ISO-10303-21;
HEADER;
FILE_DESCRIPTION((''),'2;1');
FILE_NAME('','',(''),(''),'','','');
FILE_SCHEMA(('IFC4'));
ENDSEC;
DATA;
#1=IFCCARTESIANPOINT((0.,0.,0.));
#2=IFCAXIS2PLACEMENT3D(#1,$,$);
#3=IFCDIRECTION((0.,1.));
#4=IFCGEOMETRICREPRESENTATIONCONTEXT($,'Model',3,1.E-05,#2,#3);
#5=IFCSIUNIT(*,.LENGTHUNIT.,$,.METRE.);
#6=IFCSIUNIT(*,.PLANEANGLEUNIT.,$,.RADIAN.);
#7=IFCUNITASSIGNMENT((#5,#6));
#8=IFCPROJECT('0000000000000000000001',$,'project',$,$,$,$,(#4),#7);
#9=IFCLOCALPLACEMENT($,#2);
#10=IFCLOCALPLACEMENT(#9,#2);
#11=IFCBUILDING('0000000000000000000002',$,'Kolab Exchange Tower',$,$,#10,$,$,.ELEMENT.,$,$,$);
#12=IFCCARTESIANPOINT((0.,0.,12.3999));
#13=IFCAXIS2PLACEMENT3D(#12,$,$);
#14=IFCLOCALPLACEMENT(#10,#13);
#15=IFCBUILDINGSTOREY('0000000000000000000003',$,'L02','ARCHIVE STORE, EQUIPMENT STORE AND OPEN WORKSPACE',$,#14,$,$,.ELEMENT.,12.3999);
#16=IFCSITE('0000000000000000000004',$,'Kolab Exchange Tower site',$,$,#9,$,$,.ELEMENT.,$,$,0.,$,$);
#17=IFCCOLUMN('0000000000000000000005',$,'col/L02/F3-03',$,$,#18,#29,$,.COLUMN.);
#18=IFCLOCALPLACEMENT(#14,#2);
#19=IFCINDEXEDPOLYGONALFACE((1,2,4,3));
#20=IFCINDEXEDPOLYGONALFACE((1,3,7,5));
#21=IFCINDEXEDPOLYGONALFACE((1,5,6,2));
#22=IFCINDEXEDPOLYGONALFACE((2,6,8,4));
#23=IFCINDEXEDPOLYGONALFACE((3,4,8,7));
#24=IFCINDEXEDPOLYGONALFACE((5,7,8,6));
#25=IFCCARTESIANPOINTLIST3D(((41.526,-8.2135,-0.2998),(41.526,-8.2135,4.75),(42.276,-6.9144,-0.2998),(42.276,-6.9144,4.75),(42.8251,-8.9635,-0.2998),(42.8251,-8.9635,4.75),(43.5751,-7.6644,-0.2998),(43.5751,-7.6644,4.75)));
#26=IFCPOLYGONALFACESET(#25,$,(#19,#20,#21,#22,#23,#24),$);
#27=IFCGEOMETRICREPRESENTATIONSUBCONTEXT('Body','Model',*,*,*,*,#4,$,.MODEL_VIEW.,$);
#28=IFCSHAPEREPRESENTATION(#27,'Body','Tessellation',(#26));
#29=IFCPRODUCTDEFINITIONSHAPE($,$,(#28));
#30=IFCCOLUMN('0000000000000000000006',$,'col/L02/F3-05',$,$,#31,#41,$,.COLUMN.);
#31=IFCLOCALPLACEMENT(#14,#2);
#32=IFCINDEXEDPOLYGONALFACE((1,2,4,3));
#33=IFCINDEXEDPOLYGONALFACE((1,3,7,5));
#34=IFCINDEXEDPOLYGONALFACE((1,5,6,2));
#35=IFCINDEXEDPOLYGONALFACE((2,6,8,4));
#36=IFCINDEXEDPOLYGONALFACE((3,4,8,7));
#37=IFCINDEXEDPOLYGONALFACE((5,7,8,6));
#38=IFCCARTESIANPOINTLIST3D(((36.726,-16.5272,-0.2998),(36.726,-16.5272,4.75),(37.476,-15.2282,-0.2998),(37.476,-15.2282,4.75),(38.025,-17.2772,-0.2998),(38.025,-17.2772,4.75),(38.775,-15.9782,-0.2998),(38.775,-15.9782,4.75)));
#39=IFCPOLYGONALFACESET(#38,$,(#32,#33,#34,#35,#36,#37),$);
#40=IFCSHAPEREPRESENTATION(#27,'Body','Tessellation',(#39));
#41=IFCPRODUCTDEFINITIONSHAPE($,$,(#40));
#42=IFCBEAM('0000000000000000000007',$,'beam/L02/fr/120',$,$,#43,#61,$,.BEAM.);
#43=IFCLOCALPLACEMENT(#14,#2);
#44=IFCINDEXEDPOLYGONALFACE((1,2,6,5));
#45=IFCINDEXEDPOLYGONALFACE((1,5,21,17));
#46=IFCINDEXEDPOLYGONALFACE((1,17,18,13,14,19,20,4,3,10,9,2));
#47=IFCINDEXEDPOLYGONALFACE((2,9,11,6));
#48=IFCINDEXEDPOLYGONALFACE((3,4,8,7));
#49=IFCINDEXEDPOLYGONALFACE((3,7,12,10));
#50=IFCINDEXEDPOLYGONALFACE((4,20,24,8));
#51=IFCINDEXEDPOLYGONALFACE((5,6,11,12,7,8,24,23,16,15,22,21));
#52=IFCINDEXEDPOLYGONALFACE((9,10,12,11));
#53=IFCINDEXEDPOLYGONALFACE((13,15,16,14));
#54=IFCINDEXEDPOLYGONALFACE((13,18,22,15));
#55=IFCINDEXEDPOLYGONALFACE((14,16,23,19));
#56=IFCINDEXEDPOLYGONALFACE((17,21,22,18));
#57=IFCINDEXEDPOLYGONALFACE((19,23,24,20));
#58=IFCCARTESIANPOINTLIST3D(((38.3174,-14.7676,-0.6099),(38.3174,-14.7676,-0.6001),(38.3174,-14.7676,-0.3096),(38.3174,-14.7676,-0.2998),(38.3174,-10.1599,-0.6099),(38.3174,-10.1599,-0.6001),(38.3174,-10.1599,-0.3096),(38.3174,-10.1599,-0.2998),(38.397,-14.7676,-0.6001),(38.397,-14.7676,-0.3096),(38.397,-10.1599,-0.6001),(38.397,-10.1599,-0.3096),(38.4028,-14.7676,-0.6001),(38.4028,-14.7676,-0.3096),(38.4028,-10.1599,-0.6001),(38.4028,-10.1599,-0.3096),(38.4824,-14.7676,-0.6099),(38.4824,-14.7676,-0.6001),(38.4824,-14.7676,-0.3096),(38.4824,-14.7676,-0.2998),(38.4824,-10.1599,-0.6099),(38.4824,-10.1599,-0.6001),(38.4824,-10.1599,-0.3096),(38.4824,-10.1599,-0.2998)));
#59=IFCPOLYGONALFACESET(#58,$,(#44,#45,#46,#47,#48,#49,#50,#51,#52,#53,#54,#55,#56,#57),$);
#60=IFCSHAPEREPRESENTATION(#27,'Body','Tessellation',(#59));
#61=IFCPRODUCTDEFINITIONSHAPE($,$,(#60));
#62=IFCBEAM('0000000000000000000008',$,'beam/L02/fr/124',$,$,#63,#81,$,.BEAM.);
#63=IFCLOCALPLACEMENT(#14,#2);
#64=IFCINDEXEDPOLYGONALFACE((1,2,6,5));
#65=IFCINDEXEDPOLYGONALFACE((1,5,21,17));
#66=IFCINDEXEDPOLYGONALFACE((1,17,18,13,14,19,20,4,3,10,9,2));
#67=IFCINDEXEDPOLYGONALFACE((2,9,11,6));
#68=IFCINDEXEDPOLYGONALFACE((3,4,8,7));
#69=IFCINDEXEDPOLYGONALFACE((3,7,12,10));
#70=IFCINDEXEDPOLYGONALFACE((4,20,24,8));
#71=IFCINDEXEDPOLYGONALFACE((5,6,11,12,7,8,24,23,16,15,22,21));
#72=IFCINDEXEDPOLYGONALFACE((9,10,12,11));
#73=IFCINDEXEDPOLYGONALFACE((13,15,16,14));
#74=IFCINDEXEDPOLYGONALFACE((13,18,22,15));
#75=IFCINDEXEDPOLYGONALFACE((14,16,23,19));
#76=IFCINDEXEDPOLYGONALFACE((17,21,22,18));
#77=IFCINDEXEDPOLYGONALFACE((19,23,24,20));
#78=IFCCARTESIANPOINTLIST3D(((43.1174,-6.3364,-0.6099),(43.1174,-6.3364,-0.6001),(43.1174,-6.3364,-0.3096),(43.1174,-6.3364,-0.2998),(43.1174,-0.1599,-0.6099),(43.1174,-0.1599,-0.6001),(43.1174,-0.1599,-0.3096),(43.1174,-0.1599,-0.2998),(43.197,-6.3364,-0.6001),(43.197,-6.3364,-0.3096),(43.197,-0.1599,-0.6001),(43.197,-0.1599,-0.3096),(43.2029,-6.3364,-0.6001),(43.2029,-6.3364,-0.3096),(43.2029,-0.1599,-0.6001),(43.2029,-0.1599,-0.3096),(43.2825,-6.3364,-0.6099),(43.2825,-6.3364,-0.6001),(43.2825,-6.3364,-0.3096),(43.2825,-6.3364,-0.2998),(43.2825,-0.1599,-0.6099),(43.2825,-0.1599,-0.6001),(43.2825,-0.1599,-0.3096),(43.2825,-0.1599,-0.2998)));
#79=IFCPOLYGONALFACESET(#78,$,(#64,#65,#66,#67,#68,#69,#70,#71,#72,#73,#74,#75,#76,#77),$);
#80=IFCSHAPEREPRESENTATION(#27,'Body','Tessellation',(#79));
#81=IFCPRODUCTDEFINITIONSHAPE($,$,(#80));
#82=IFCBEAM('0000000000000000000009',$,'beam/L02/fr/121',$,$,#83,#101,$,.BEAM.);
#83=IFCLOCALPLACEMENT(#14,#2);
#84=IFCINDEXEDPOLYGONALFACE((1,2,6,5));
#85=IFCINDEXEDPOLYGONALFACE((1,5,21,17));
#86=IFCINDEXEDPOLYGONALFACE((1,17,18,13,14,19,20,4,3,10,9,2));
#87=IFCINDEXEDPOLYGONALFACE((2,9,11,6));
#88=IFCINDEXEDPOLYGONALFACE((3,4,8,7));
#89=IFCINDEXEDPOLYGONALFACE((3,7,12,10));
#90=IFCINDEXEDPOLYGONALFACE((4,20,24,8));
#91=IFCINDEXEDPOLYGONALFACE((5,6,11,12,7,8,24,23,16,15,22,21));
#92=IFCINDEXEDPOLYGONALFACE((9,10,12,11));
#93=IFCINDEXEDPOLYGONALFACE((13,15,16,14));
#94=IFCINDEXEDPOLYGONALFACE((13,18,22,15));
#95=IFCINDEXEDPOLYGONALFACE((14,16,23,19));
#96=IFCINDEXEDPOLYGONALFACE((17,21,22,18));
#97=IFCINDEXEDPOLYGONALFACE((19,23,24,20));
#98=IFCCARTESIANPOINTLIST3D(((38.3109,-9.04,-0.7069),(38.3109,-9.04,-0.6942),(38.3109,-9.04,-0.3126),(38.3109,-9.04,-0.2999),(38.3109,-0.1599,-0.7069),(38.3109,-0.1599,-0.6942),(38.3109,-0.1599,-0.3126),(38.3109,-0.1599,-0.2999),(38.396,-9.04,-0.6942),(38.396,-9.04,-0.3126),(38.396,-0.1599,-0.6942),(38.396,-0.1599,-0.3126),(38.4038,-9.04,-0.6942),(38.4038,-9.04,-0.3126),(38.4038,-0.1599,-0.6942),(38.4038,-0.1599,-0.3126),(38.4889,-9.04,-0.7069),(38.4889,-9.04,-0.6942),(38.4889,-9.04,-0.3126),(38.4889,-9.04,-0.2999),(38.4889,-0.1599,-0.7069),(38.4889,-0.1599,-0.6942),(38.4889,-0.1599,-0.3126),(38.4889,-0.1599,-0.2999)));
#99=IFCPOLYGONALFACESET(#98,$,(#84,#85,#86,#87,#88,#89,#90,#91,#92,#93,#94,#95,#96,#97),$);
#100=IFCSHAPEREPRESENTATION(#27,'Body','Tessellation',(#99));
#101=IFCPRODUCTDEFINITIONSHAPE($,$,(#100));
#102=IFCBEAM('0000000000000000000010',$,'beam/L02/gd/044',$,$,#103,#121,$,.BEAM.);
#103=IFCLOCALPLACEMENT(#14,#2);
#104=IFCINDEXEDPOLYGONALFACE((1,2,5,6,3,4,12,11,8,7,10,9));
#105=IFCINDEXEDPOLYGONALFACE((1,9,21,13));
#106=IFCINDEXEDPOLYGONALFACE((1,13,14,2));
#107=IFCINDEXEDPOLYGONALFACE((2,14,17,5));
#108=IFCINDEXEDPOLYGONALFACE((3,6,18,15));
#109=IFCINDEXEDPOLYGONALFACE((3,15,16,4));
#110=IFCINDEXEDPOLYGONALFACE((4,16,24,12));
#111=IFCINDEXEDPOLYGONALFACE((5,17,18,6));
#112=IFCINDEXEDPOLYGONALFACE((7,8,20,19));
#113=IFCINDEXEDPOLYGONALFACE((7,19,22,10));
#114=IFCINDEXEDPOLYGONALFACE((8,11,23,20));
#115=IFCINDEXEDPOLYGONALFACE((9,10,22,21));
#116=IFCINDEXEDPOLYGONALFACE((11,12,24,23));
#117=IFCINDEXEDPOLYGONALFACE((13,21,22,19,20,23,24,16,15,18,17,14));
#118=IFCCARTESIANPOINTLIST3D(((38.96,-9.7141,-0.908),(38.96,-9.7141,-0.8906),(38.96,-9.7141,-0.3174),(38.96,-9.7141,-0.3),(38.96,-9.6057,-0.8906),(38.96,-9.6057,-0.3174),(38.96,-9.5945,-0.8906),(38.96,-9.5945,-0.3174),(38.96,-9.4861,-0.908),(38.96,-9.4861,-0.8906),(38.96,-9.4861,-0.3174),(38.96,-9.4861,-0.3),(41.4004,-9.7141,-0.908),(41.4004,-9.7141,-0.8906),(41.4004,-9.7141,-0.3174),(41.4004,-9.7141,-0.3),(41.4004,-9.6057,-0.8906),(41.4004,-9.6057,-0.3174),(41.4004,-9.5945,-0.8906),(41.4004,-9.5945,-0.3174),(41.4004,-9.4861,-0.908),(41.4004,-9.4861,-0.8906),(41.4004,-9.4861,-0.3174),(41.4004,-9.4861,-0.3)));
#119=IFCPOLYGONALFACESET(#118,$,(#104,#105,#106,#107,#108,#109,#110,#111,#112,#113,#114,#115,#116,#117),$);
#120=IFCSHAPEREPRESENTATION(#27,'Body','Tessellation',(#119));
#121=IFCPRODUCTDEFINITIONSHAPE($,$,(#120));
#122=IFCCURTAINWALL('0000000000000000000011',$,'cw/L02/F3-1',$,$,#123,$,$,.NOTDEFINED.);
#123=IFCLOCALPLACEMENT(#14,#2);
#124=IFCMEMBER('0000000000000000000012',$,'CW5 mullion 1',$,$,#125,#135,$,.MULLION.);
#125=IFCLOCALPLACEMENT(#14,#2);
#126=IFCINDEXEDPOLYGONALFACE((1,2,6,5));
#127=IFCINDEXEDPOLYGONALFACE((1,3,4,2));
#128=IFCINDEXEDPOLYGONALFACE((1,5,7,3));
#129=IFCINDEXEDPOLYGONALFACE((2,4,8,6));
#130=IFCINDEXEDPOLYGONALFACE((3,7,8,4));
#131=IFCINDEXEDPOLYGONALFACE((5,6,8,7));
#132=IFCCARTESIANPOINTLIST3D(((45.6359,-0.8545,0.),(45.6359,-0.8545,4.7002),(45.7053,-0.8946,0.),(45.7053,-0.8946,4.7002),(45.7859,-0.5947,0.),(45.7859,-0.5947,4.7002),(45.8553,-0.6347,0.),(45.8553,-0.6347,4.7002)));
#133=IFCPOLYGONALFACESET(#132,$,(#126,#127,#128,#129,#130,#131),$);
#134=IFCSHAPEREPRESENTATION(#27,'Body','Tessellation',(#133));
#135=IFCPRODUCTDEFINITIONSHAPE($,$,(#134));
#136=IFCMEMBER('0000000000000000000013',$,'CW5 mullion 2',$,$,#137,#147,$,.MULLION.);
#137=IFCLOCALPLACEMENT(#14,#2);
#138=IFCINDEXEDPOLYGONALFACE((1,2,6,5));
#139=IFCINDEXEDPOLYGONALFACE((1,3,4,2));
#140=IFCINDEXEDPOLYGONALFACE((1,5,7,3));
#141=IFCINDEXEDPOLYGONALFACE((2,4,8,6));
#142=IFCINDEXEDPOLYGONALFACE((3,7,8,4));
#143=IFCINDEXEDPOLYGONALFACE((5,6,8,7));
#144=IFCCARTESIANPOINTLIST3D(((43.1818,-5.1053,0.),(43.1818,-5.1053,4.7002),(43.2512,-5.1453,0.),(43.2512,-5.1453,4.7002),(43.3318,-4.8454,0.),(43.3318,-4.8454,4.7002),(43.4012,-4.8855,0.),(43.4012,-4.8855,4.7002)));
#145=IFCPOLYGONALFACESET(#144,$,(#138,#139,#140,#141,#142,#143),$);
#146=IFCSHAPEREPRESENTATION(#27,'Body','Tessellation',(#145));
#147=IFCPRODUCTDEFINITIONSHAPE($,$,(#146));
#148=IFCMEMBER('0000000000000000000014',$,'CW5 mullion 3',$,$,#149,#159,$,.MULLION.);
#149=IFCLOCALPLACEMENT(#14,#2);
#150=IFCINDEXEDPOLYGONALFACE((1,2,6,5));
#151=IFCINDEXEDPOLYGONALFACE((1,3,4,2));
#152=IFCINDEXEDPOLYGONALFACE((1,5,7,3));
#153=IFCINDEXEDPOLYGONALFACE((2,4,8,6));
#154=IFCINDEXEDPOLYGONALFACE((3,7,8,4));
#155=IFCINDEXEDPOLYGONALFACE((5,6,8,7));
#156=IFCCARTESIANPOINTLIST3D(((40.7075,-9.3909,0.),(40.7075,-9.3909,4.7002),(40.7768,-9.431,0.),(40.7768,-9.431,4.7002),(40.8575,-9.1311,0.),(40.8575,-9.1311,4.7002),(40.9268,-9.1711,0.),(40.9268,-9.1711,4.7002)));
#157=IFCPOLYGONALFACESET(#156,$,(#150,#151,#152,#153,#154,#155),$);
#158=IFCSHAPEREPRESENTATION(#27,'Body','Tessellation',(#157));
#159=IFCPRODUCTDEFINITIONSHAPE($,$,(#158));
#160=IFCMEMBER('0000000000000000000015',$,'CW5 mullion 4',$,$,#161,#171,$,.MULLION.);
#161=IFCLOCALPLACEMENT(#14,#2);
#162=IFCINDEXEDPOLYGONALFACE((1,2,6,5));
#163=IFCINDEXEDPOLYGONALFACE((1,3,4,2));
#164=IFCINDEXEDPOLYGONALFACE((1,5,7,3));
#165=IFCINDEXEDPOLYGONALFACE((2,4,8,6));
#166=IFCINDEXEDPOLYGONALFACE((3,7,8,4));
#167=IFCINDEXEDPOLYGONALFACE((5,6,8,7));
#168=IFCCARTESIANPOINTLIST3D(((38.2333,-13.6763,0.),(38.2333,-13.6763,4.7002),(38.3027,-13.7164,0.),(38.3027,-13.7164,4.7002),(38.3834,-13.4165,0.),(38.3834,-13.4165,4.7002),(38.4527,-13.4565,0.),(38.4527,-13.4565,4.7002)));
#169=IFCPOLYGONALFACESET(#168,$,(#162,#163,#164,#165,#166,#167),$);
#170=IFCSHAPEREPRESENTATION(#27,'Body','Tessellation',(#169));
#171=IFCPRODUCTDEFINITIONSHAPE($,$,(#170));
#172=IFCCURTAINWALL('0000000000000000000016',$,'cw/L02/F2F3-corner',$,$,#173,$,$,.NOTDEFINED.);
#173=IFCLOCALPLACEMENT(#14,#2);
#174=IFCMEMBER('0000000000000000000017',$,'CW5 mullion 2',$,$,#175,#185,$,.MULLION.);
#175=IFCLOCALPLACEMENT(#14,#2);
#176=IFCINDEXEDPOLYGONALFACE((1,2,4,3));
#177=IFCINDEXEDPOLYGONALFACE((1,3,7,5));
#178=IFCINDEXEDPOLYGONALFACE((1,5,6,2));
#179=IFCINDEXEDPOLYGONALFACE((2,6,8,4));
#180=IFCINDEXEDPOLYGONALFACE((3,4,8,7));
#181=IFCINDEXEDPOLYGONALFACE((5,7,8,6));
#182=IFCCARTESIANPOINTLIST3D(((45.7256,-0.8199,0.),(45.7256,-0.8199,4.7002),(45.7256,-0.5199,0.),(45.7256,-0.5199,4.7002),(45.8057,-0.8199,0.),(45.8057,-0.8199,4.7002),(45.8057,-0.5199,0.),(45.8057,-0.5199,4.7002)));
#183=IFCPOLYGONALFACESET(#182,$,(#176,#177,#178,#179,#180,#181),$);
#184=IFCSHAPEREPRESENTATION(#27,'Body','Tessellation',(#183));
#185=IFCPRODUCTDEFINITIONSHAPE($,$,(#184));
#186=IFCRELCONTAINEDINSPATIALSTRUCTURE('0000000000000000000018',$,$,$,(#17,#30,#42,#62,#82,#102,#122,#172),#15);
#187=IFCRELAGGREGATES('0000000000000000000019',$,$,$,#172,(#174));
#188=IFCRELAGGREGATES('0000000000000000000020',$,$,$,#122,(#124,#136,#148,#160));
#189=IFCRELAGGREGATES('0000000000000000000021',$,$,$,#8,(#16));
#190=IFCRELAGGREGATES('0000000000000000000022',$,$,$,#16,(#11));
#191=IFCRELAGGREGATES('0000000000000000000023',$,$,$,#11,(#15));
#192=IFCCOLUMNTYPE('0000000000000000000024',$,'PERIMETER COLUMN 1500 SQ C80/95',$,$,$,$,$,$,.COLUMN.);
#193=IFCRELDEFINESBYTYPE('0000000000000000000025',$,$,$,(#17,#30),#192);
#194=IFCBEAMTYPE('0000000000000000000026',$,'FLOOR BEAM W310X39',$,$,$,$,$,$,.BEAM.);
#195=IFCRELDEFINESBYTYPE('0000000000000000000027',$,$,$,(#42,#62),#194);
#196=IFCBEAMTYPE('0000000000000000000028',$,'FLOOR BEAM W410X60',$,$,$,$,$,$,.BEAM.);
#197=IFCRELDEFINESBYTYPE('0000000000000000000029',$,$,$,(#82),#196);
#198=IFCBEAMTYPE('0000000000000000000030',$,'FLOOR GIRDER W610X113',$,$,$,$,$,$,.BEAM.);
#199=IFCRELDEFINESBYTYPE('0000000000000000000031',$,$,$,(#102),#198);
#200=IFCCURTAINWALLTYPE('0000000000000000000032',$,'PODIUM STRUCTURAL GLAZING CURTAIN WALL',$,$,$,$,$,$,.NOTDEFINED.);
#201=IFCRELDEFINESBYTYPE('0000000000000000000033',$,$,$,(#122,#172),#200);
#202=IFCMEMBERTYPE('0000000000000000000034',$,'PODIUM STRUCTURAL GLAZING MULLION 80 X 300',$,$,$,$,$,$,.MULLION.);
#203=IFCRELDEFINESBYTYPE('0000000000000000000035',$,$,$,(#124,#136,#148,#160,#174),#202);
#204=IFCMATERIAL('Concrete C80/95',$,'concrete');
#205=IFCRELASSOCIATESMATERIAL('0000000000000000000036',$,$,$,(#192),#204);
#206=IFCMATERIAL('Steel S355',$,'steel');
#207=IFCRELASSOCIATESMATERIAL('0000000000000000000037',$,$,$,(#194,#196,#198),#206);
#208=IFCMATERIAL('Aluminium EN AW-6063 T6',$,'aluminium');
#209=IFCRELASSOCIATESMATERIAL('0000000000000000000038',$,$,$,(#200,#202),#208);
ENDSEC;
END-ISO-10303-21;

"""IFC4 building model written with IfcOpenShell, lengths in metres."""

from ifc_helpers import new_model, si_unit, direction, frame, origin, origin_2d, place, context, subcontext, project, spatial, rectangle, i_section, extrude, material, material_profile, profile_set, type_object, element, aggregate, save


model = new_model("IFC4")

# Units and contexts
model_context = context("Model", 3, precision=1e-05, world=origin(), true_north=direction((0.0, 1.0)))
body_context = subcontext(model_context, "Body", "Model", "MODEL_VIEW")
ifc_project = project(units=[si_unit("LENGTHUNIT", "METRE"), si_unit("PLANEANGLEUNIT", "RADIAN")], contexts=[model_context])

# Site, building, storey
site_placement = place(None, origin())
site = spatial("IfcSite", under=ifc_project, at=site_placement, Name="Kolab Exchange Tower site", CompositionType="ELEMENT", RefElevation=0.0)
building_placement = place(site_placement, origin())
building = spatial("IfcBuilding", under=site, at=building_placement, Name="Kolab Exchange Tower", CompositionType="ELEMENT")
storey_placement = place(building_placement, frame((0.0, 0.0, 12.3999)))
storey = spatial("IfcBuildingStorey", under=building, at=storey_placement, Name="L02", Description="ARCHIVE STORE, EQUIPMENT STORE AND OPEN WORKSPACE", CompositionType="ELEMENT", Elevation=12.3999)

# Columns
ifc_material_1 = material(Name="Concrete C80/95", Category="concrete")
ifc_material_profile_1 = material_profile(ifc_material_1, rectangle(XDim=1.5, YDim=1.5, at=origin_2d()), Name="RC1500")
ifc_profile_set_1 = profile_set([ifc_material_profile_1], Name="Concrete C80/95")
column_type = type_object("IfcColumnType", Name="PERIMETER COLUMN 1500 SQ C80/95", PredefinedType="COLUMN", material=ifc_profile_set_1)
for number, where, z_axis, x_axis, name in (
    (1, (42.5505, -7.939, -0.2998), (0.0, 0.0, 1.0), (0.5, 0.866025, 0.0), "col/L02/F3-03"),
    (2, (37.7505, -16.2527, -0.2998), (0.0, 0.0, 1.0), (0.5, 0.866025, 0.0), "col/L02/F3-05"),
):
    element("IfcColumn", number, at=place(storey_placement, frame(where, z_axis=z_axis, x_axis=x_axis)), inside=storey, type_object=column_type, Name=name, PredefinedType="COLUMN", context=body_context, shape_type="SweptSolid", body=[
        extrude(rectangle(XDim=1.5, YDim=1.5, at=origin_2d()), origin(), (0.0, 0.0, 1.0), 5.0498),
    ])

# Beams
ifc_material_2 = material(Name="Steel S355", Category="steel")
ifc_material_profile_2 = material_profile(ifc_material_2, i_section(OverallWidth=0.165, OverallDepth=0.3101, WebThickness=0.0059, FlangeThickness=0.0098, at=origin_2d()), Name="W310X39")
ifc_profile_set_2 = profile_set([ifc_material_profile_2], Name="Steel S355")
beam_type_1 = type_object("IfcBeamType", Name="FLOOR BEAM W310X39", PredefinedType="BEAM", material=ifc_profile_set_2)
beam_1_placement = place(storey_placement, frame((38.3999, -14.7676, -0.4548), z_axis=(0.0, 1.0, 0.0), x_axis=(-1.0, 0.0, 0.0)))
element("IfcBeam", 3, at=beam_1_placement, inside=storey, type_object=beam_type_1, Name="beam/L02/fr/120", PredefinedType="BEAM", context=body_context, shape_type="SweptSolid", body=[
    extrude(i_section(OverallWidth=0.165, OverallDepth=0.3101, WebThickness=0.0059, FlangeThickness=0.0098, at=origin_2d()), origin(), (0.0, 0.0, 1.0), 4.6077),
])
beam_2_placement = place(storey_placement, frame((43.2, -6.3364, -0.4548), z_axis=(0.0, 1.0, 0.0), x_axis=(-1.0, 0.0, 0.0)))
element("IfcBeam", 4, at=beam_2_placement, inside=storey, type_object=beam_type_1, Name="beam/L02/fr/124", PredefinedType="BEAM", context=body_context, shape_type="SweptSolid", body=[
    extrude(i_section(OverallWidth=0.165, OverallDepth=0.3101, WebThickness=0.0059, FlangeThickness=0.0098, at=origin_2d()), origin(), (0.0, 0.0, 1.0), 6.1765),
])
ifc_material_profile_3 = material_profile(ifc_material_2, i_section(OverallWidth=0.178, OverallDepth=0.407, WebThickness=0.0078, FlangeThickness=0.0127, at=origin_2d()), Name="W410X60")
ifc_profile_set_3 = profile_set([ifc_material_profile_3], Name="Steel S355")
beam_type_2 = type_object("IfcBeamType", Name="FLOOR BEAM W410X60", PredefinedType="BEAM", material=ifc_profile_set_3)
beam_3_placement = place(storey_placement, frame((38.3999, -9.04, -0.5034), z_axis=(0.0, 1.0, 0.0), x_axis=(-1.0, 0.0, 0.0)))
element("IfcBeam", 5, at=beam_3_placement, inside=storey, type_object=beam_type_2, Name="beam/L02/fr/121", PredefinedType="BEAM", context=body_context, shape_type="SweptSolid", body=[
    extrude(i_section(OverallWidth=0.178, OverallDepth=0.407, WebThickness=0.0078, FlangeThickness=0.0127, at=origin_2d()), origin(), (0.0, 0.0, 1.0), 8.8801),
])
ifc_material_profile_4 = material_profile(ifc_material_2, i_section(OverallWidth=0.228, OverallDepth=0.6079, WebThickness=0.0112, FlangeThickness=0.0173, at=origin_2d()), Name="W610X113")
ifc_profile_set_4 = profile_set([ifc_material_profile_4], Name="Steel S355")
beam_type_3 = type_object("IfcBeamType", Name="FLOOR GIRDER W610X113", PredefinedType="BEAM", material=ifc_profile_set_4)
beam_4_placement = place(storey_placement, frame((38.96, -9.6001, -0.604), z_axis=(1.0, 0.0, 0.0), x_axis=(0.0, 1.0, 0.0)))
element("IfcBeam", 6, at=beam_4_placement, inside=storey, type_object=beam_type_3, Name="beam/L02/gd/044", PredefinedType="BEAM", context=body_context, shape_type="SweptSolid", body=[
    extrude(i_section(OverallWidth=0.228, OverallDepth=0.6079, WebThickness=0.0112, FlangeThickness=0.0173, at=origin_2d()), origin(), (0.0, 0.0, 1.0), 2.4404),
])

# Curtain wall, members
ifc_material_3 = material(Name="Aluminium EN AW-6063 T6", Category="aluminium")
curtain_wall_type = type_object("IfcCurtainWallType", Name="PODIUM STRUCTURAL GLAZING CURTAIN WALL", PredefinedType="NOTDEFINED", material=ifc_material_3)
curtain_wall_1_placement = place(storey_placement, origin())
curtain_wall_1 = element("IfcCurtainWall", 7, at=curtain_wall_1_placement, inside=storey, type_object=curtain_wall_type, Name="cw/L02/F3-1", PredefinedType="NOTDEFINED")
ifc_material_profile_5 = material_profile(ifc_material_3, rectangle(XDim=0.0801, YDim=0.3, at=origin_2d()), Name="RECT 80X300")
ifc_profile_set_5 = profile_set([ifc_material_profile_5], Name="Aluminium EN AW-6063 T6")
member_type_1 = type_object("IfcMemberType", Name="PODIUM STRUCTURAL GLAZING MULLION 80 X 300", PredefinedType="MULLION", material=ifc_profile_set_5)
member_1_placement = place(storey_placement, frame((45.7456, -0.7446, 0.0), z_axis=(0.0, 0.0, 1.0), x_axis=(0.866025, -0.5, 0.0)))
member_1 = element("IfcMember", 8, at=member_1_placement, type_object=member_type_1, Name="CW5 mullion 1", PredefinedType="MULLION", context=body_context, shape_type="SweptSolid", body=[
    extrude(rectangle(XDim=0.0801, YDim=0.3, at=origin_2d()), origin(), (0.0, 0.0, 1.0), 4.7002),
])
member_2_placement = place(storey_placement, frame((43.2915, -4.9954, 0.0), z_axis=(0.0, 0.0, 1.0), x_axis=(0.866025, -0.5, 0.0)))
member_2 = element("IfcMember", 9, at=member_2_placement, type_object=member_type_1, Name="CW5 mullion 2", PredefinedType="MULLION", context=body_context, shape_type="SweptSolid", body=[
    extrude(rectangle(XDim=0.0801, YDim=0.3, at=origin_2d()), origin(), (0.0, 0.0, 1.0), 4.7002),
])
member_3_placement = place(storey_placement, frame((40.8171, -9.281, 0.0), z_axis=(0.0, 0.0, 1.0), x_axis=(0.866025, -0.5, 0.0)))
member_3 = element("IfcMember", 10, at=member_3_placement, type_object=member_type_1, Name="CW5 mullion 3", PredefinedType="MULLION", context=body_context, shape_type="SweptSolid", body=[
    extrude(rectangle(XDim=0.0801, YDim=0.3, at=origin_2d()), origin(), (0.0, 0.0, 1.0), 4.7002),
])
member_4_placement = place(storey_placement, frame((38.343, -13.5664, 0.0), z_axis=(0.0, 0.0, 1.0), x_axis=(0.866025, -0.5, 0.0)))
member_4 = element("IfcMember", 11, at=member_4_placement, type_object=member_type_1, Name="CW5 mullion 4", PredefinedType="MULLION", context=body_context, shape_type="SweptSolid", body=[
    extrude(rectangle(XDim=0.0801, YDim=0.3, at=origin_2d()), origin(), (0.0, 0.0, 1.0), 4.7002),
])

# Curtain wall, member
curtain_wall_2_placement = place(storey_placement, origin())
curtain_wall_2 = element("IfcCurtainWall", 12, at=curtain_wall_2_placement, inside=storey, type_object=curtain_wall_type, Name="cw/L02/F2F3-corner", PredefinedType="NOTDEFINED")
member_5_placement = place(storey_placement, frame((45.7656, -0.6699, 0.0), z_axis=(0.0, 0.0, 1.0), x_axis=(1.0, 0.0, 0.0)))
member_5 = element("IfcMember", 13, at=member_5_placement, type_object=member_type_1, Name="CW5 mullion 2", PredefinedType="MULLION", context=body_context, shape_type="SweptSolid", body=[
    extrude(rectangle(XDim=0.0801, YDim=0.3, at=origin_2d()), origin(), (0.0, 0.0, 1.0), 4.7002),
])
aggregate(curtain_wall_2, [member_5])

aggregate(curtain_wall_1, [member_1, member_2, member_3, member_4])

save(model, "model.ifc")
